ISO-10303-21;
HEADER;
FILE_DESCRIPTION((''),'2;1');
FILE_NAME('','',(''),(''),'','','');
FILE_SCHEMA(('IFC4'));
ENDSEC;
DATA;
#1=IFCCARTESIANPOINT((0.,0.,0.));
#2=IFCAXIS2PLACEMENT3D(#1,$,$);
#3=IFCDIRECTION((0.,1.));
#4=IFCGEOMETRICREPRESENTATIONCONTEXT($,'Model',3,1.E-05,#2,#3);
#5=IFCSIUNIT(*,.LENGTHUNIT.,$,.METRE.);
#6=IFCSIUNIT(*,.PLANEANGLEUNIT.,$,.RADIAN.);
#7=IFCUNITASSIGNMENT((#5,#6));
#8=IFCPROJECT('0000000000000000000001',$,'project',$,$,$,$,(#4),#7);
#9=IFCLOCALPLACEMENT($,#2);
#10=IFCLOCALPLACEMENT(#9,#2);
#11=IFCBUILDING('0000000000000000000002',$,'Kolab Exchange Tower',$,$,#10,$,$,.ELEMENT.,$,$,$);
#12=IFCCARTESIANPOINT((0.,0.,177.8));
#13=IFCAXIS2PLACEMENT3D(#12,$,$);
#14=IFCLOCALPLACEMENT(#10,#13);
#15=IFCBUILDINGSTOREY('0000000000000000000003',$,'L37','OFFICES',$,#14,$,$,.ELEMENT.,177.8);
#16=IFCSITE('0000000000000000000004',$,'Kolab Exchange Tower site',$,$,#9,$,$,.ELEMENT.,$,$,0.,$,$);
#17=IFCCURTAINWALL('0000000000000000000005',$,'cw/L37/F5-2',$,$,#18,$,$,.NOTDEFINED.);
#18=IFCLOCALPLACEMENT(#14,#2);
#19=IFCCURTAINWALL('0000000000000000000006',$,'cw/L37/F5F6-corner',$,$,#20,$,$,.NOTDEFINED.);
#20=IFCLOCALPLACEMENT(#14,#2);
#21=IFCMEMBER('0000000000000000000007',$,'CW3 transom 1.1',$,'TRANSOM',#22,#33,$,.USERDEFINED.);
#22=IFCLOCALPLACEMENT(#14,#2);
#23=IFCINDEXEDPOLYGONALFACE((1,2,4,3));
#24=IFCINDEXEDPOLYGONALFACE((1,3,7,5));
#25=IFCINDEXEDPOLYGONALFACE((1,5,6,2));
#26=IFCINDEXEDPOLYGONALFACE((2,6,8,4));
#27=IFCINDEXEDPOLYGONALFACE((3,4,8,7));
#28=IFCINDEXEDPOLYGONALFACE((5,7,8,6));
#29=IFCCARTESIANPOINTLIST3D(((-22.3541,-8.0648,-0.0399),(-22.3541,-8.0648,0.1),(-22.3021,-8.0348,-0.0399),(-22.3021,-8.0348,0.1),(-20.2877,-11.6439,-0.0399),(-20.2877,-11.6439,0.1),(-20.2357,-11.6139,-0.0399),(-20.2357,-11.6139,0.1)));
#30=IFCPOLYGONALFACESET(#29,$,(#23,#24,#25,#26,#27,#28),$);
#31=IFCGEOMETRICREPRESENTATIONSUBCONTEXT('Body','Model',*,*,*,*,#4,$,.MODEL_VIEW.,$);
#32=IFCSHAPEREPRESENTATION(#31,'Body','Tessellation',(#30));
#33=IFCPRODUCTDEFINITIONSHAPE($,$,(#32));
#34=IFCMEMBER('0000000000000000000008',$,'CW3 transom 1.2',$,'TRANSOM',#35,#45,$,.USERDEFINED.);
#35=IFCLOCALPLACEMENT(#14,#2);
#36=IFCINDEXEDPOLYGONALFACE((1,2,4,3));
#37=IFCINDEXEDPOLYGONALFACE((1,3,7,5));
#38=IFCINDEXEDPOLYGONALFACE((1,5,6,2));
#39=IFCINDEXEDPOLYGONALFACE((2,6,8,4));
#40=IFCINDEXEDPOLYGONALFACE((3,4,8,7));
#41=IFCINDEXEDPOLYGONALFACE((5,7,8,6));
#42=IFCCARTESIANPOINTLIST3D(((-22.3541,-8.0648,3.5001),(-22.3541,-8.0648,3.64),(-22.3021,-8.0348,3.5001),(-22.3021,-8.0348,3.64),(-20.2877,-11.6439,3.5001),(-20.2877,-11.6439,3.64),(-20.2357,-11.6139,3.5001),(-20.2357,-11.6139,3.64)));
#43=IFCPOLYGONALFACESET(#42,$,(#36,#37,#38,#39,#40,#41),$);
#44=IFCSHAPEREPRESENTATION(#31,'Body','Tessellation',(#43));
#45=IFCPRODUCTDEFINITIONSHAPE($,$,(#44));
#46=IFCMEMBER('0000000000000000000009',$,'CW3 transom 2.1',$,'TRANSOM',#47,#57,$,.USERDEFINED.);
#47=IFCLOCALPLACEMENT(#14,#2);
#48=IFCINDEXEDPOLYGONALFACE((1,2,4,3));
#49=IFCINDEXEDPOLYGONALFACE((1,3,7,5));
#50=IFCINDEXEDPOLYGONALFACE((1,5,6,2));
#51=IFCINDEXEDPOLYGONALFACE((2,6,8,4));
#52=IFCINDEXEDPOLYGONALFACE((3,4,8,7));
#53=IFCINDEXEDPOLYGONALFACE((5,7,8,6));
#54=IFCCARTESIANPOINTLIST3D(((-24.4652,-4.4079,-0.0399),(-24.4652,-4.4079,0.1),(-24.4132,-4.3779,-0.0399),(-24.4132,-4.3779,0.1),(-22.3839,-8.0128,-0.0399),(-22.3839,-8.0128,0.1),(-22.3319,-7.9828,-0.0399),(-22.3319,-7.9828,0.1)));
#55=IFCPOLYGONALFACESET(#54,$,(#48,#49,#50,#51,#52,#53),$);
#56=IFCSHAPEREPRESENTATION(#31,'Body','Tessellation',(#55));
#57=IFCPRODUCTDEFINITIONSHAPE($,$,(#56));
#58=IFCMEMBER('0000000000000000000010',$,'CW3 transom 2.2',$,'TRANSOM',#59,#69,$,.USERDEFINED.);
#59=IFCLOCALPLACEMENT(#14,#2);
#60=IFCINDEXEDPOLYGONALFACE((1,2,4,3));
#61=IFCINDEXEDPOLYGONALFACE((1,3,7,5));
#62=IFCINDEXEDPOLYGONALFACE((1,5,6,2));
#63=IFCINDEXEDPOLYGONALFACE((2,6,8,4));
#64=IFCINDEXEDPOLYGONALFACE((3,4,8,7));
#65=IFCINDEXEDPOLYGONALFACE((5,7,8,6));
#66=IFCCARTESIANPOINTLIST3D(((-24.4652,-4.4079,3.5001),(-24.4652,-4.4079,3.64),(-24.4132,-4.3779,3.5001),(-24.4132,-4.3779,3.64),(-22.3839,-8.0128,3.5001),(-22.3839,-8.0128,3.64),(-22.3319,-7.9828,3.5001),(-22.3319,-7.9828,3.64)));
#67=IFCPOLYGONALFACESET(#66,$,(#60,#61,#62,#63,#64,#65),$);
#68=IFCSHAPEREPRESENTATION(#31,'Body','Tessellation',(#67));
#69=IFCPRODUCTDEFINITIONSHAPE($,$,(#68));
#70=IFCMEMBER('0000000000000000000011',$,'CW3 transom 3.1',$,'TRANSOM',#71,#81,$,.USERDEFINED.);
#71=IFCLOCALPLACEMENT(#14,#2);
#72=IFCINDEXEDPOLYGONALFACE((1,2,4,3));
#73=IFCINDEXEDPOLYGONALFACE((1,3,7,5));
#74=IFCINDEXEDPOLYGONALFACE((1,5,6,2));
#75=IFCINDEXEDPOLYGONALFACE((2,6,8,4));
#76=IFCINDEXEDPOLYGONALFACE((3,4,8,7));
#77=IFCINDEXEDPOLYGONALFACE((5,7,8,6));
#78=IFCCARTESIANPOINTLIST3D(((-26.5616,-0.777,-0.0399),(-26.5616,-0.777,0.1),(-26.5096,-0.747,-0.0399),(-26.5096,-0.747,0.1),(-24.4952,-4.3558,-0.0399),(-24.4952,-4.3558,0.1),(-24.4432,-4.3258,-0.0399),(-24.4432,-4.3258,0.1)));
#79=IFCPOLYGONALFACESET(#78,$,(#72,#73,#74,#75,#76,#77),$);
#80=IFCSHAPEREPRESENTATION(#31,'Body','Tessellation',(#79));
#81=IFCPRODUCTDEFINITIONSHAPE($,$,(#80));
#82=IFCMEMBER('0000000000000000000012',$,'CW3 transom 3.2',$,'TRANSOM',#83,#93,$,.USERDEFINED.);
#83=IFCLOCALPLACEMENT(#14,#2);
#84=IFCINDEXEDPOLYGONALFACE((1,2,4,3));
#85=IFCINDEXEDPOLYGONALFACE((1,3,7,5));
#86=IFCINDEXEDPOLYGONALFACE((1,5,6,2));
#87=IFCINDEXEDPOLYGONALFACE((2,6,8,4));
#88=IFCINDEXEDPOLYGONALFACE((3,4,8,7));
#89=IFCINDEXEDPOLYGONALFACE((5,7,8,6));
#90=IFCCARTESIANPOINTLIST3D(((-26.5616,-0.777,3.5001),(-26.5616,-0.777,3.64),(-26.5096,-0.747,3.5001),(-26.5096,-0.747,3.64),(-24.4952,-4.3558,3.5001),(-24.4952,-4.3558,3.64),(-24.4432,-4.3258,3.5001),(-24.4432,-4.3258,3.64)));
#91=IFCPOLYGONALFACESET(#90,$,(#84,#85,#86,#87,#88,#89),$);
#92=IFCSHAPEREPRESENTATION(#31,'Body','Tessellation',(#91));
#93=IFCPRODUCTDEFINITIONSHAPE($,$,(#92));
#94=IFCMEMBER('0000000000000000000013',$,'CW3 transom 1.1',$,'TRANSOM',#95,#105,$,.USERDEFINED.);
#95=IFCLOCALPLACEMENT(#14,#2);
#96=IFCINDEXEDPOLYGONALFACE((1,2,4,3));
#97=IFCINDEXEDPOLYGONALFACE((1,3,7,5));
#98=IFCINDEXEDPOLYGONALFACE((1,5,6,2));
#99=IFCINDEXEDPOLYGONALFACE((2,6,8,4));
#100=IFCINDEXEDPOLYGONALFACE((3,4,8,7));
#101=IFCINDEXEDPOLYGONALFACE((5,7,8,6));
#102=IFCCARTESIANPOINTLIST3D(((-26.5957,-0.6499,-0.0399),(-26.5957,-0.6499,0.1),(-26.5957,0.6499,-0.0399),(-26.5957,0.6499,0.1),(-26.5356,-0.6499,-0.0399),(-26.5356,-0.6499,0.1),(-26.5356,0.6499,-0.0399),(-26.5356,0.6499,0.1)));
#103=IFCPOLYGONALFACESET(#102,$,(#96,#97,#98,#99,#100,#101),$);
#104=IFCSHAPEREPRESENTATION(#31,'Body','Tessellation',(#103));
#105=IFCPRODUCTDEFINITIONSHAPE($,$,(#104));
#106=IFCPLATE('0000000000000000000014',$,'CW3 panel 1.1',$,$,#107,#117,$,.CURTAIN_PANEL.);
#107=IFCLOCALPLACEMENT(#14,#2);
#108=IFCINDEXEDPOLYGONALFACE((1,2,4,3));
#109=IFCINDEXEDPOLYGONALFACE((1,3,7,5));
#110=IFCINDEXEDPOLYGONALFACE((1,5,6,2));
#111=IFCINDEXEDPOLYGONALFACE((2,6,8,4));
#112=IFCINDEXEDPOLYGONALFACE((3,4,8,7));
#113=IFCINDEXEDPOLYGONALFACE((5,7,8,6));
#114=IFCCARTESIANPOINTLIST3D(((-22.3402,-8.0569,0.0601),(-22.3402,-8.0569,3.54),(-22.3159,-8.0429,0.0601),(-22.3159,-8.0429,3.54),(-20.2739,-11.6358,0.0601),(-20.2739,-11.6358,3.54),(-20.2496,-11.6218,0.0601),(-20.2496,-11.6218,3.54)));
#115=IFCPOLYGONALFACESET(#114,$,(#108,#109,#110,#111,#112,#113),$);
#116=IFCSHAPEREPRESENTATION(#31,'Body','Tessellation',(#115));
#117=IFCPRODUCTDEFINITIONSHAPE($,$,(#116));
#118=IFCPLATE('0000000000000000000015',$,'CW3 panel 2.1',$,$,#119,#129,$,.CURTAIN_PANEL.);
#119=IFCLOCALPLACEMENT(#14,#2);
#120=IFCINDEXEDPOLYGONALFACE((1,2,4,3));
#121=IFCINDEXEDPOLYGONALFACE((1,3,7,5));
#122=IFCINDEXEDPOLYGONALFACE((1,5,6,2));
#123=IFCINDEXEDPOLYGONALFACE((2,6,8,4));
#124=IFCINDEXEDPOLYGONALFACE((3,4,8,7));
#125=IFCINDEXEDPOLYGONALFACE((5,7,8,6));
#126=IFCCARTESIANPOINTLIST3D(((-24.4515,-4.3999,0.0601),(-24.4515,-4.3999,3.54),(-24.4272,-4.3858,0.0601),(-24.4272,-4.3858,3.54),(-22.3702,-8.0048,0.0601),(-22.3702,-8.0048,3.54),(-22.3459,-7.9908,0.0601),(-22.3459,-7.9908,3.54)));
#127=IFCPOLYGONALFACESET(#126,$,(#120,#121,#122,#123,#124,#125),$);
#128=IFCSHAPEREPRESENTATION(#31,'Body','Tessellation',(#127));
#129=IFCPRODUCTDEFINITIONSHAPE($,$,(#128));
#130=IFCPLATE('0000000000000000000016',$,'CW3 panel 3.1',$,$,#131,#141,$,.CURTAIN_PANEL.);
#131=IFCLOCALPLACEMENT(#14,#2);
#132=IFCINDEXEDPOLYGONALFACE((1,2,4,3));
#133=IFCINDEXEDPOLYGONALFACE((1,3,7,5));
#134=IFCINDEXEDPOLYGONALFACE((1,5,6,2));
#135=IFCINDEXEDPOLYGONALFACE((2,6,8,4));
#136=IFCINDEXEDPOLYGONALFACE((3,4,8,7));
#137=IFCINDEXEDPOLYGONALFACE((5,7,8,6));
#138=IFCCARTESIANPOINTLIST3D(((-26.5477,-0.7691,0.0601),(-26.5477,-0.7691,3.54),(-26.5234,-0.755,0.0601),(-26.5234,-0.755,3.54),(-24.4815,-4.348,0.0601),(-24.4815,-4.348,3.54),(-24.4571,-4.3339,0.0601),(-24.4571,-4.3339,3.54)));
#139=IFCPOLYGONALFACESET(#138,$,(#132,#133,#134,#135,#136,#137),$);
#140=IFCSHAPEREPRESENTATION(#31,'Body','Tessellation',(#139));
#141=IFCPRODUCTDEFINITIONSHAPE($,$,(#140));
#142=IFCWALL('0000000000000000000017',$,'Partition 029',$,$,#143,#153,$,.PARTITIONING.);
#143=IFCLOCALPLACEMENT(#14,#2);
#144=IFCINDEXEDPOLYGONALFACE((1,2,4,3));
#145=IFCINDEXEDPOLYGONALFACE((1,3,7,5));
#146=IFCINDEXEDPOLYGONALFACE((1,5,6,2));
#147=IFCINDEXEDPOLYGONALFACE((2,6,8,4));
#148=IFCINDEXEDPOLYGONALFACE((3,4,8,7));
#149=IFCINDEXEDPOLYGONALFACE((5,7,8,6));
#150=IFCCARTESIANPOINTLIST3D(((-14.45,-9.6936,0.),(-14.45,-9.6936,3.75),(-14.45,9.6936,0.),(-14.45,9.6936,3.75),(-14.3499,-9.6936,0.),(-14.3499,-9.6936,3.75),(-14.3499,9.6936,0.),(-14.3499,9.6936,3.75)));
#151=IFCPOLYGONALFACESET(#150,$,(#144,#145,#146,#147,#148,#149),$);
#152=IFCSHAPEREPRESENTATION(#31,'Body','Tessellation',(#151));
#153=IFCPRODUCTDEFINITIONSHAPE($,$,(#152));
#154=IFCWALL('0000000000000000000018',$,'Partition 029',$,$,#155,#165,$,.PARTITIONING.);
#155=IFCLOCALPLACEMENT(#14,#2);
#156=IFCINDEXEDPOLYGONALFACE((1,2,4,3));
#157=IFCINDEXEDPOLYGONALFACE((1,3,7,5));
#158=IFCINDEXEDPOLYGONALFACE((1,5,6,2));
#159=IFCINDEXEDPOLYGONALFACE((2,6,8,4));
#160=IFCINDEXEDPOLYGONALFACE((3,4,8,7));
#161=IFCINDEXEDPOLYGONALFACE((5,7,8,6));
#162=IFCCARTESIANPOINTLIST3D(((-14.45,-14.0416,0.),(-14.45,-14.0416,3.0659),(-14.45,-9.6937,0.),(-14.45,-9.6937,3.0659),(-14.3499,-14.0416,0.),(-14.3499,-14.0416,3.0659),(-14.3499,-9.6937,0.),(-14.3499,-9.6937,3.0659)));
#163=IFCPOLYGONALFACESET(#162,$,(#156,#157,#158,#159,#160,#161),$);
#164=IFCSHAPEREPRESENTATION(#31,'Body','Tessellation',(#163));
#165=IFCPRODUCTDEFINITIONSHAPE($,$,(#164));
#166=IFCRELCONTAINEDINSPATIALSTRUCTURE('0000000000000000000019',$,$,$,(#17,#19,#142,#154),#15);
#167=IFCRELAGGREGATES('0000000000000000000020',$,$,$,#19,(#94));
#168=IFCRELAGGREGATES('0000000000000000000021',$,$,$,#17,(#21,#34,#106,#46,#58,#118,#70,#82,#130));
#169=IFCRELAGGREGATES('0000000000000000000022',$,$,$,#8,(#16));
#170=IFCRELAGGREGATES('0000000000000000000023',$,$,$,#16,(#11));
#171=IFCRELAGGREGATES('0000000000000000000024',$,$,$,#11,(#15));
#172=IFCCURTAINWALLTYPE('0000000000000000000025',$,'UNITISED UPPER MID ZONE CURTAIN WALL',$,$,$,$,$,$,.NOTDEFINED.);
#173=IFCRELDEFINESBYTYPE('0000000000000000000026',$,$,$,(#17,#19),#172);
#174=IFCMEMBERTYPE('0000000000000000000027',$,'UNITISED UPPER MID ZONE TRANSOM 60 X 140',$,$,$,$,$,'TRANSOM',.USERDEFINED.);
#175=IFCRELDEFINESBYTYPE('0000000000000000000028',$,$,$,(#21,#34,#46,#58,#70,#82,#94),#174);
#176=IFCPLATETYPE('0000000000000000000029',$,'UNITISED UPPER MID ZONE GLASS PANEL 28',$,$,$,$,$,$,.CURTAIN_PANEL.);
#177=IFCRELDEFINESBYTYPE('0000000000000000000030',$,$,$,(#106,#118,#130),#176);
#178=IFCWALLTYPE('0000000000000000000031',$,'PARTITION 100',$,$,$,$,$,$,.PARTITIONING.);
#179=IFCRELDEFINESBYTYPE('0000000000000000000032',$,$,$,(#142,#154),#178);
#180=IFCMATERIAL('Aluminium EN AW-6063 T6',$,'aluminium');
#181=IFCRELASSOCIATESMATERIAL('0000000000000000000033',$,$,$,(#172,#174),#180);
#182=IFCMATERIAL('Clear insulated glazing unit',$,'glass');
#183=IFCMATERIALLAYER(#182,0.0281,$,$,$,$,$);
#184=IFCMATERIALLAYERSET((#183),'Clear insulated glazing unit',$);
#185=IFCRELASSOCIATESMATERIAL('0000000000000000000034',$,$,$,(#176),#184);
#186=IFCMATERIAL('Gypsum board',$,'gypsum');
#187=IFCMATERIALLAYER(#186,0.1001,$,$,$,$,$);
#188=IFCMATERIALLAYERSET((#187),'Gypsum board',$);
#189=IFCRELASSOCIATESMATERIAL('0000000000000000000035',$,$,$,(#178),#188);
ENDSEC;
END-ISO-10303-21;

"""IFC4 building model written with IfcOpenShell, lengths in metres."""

from ifc_helpers import new_model, si_unit, direction, frame, frame_2d, origin, origin_2d, place, context, subcontext, project, spatial, rectangle, extrude, material, layer, layer_set, material_profile, profile_set, type_object, element, aggregate, save


model = new_model("IFC4")

# Units and contexts
model_context = context("Model", 3, precision=1e-05, world=origin(), true_north=direction((0.0, 1.0)))
body_context = subcontext(model_context, "Body", "Model", "MODEL_VIEW")
ifc_project = project(units=[si_unit("LENGTHUNIT", "METRE"), si_unit("PLANEANGLEUNIT", "RADIAN")], contexts=[model_context])

# Site, building, storey
site_placement = place(None, origin())
site = spatial("IfcSite", under=ifc_project, at=site_placement, Name="Kolab Exchange Tower site", CompositionType="ELEMENT", RefElevation=0.0)
building_placement = place(site_placement, origin())
building = spatial("IfcBuilding", under=site, at=building_placement, Name="Kolab Exchange Tower", CompositionType="ELEMENT")
storey_placement = place(building_placement, frame((0.0, 0.0, 177.8)))
storey = spatial("IfcBuildingStorey", under=building, at=storey_placement, Name="L37", Description="OFFICES", CompositionType="ELEMENT", Elevation=177.8)

# Curtain wall
ifc_material_1 = material(Name="Aluminium EN AW-6063 T6", Category="aluminium")
curtain_wall_type = type_object("IfcCurtainWallType", Name="UNITISED UPPER MID ZONE CURTAIN WALL", PredefinedType="NOTDEFINED", material=ifc_material_1)
curtain_wall_1_placement = place(storey_placement, origin())
curtain_wall_1 = element("IfcCurtainWall", 1, at=curtain_wall_1_placement, inside=storey, type_object=curtain_wall_type, Name="cw/L37/F5-2", PredefinedType="NOTDEFINED")

# Curtain wall
curtain_wall_2_placement = place(storey_placement, origin())
curtain_wall_2 = element("IfcCurtainWall", 2, at=curtain_wall_2_placement, inside=storey, type_object=curtain_wall_type, Name="cw/L37/F5F6-corner", PredefinedType="NOTDEFINED")

# Members
ifc_material_profile_1 = material_profile(ifc_material_1, rectangle(XDim=0.0601, YDim=0.1399, at=origin_2d()), Name="RECT 60X140")
ifc_profile_set_1 = profile_set([ifc_material_profile_1], Name="Aluminium EN AW-6063 T6")
member_type_1 = type_object("IfcMemberType", Name="UNITISED UPPER MID ZONE TRANSOM 60 X 140", ElementType="TRANSOM", PredefinedType="USERDEFINED", material=ifc_profile_set_1)
member_1_placement = place(storey_placement, frame((-20.2617, -11.6289, 0.03), z_axis=(-0.500002, 0.866024, 0.0), x_axis=(-0.866024, -0.500002, 0.0)))
member_1 = element("IfcMember", 3, at=member_1_placement, type_object=member_type_1, Name="CW3 transom 1.1", ObjectType="TRANSOM", PredefinedType="USERDEFINED", context=body_context, shape_type="SweptSolid", body=[
    extrude(rectangle(XDim=0.0601, YDim=0.1399, at=origin_2d()), origin(), (0.0, 0.0, 1.0), 4.1328),
])
member_2_placement = place(storey_placement, frame((-20.2617, -11.6289, 3.5701), z_axis=(-0.500002, 0.866024, 0.0), x_axis=(-0.866024, -0.500002, 0.0)))
member_2 = element("IfcMember", 4, at=member_2_placement, type_object=member_type_1, Name="CW3 transom 1.2", ObjectType="TRANSOM", PredefinedType="USERDEFINED", context=body_context, shape_type="SweptSolid", body=[
    extrude(rectangle(XDim=0.0601, YDim=0.1399, at=origin_2d()), origin(), (0.0, 0.0, 1.0), 4.1328),
])
member_3_placement = place(storey_placement, frame((-22.3579, -7.9978, 0.03), z_axis=(-0.499993, 0.866029, 0.0), x_axis=(-0.866029, -0.499993, 0.0)))
member_3 = element("IfcMember", 5, at=member_3_placement, type_object=member_type_1, Name="CW3 transom 2.1", ObjectType="TRANSOM", PredefinedType="USERDEFINED", context=body_context, shape_type="SweptSolid", body=[
    extrude(rectangle(XDim=0.0601, YDim=0.1399, at=origin_2d()), origin(), (0.0, 0.0, 1.0), 4.1626),
])
member_4_placement = place(storey_placement, frame((-22.3579, -7.9978, 3.5701), z_axis=(-0.499993, 0.866029, 0.0), x_axis=(-0.866029, -0.499993, 0.0)))
member_4 = element("IfcMember", 6, at=member_4_placement, type_object=member_type_1, Name="CW3 transom 2.2", ObjectType="TRANSOM", PredefinedType="USERDEFINED", context=body_context, shape_type="SweptSolid", body=[
    extrude(rectangle(XDim=0.0601, YDim=0.1399, at=origin_2d()), origin(), (0.0, 0.0, 1.0), 4.1626),
])
member_5_placement = place(storey_placement, frame((-24.4692, -4.3408, 0.03), z_axis=(-0.500028, 0.866009, 0.0), x_axis=(-0.866009, -0.500028, 0.0)))
member_5 = element("IfcMember", 7, at=member_5_placement, type_object=member_type_1, Name="CW3 transom 3.1", ObjectType="TRANSOM", PredefinedType="USERDEFINED", context=body_context, shape_type="SweptSolid", body=[
    extrude(rectangle(XDim=0.0601, YDim=0.1399, at=origin_2d()), origin(), (0.0, 0.0, 1.0), 4.1326),
])
member_6_placement = place(storey_placement, frame((-24.4692, -4.3408, 3.5701), z_axis=(-0.500028, 0.866009, 0.0), x_axis=(-0.866009, -0.500028, 0.0)))
member_6 = element("IfcMember", 8, at=member_6_placement, type_object=member_type_1, Name="CW3 transom 3.2", ObjectType="TRANSOM", PredefinedType="USERDEFINED", context=body_context, shape_type="SweptSolid", body=[
    extrude(rectangle(XDim=0.0601, YDim=0.1399, at=origin_2d()), origin(), (0.0, 0.0, 1.0), 4.1326),
])
member_7_placement = place(storey_placement, frame((-26.5657, -0.6499, 0.03), z_axis=(0.0, 1.0, 0.0), x_axis=(-1.0, 0.0, 0.0)))
member_7 = element("IfcMember", 9, at=member_7_placement, type_object=member_type_1, Name="CW3 transom 1.1", ObjectType="TRANSOM", PredefinedType="USERDEFINED", context=body_context, shape_type="SweptSolid", body=[
    extrude(rectangle(XDim=0.0601, YDim=0.1399, at=origin_2d()), origin(), (0.0, 0.0, 1.0), 1.2998),
])
aggregate(curtain_wall_2, [member_7])

# Plates
ifc_material_2 = material(Name="Clear insulated glazing unit", Category="glass")
ifc_layer_1 = layer(ifc_material_2, 0.0281)
ifc_layer_set_1 = layer_set([ifc_layer_1], Name="Clear insulated glazing unit")
plate_type = type_object("IfcPlateType", Name="UNITISED UPPER MID ZONE GLASS PANEL 28", PredefinedType="CURTAIN_PANEL", material=ifc_layer_set_1)
plate_1_placement = place(storey_placement, frame((-21.2949, -9.8394, 0.0601), z_axis=(0.0, 0.0, 1.0), x_axis=(-0.5, 0.866025, 0.0)))
plate_1 = element("IfcPlate", 10, at=plate_1_placement, type_object=plate_type, Name="CW3 panel 1.1", PredefinedType="CURTAIN_PANEL", context=body_context, shape_type="SweptSolid", body=[
    extrude(rectangle(XDim=4.1326, YDim=0.0281, at=origin_2d()), origin(), (0.0, 0.0, 1.0), 3.48),
])
plate_2_placement = place(storey_placement, frame((-23.3987, -6.1953, 0.0601), z_axis=(0.0, 0.0, 1.0), x_axis=(-0.5, 0.866025, 0.0)))
plate_2 = element("IfcPlate", 11, at=plate_2_placement, type_object=plate_type, Name="CW3 panel 2.1", PredefinedType="CURTAIN_PANEL", context=body_context, shape_type="SweptSolid", body=[
    extrude(rectangle(XDim=4.1626, YDim=0.0281, at=origin_2d()), origin(), (0.0, 0.0, 1.0), 3.48),
])
plate_3_placement = place(storey_placement, frame((-25.5024, -2.5515, 0.0601), z_axis=(0.0, 0.0, 1.0), x_axis=(-0.5, 0.866025, 0.0)))
plate_3 = element("IfcPlate", 12, at=plate_3_placement, type_object=plate_type, Name="CW3 panel 3.1", PredefinedType="CURTAIN_PANEL", context=body_context, shape_type="SweptSolid", body=[
    extrude(rectangle(XDim=4.1326, YDim=0.0281, at=origin_2d()), origin(), (0.0, 0.0, 1.0), 3.48),
])
aggregate(curtain_wall_1, [member_1, member_2, plate_1, member_3, member_4, plate_2, member_5, member_6, plate_3])

# Walls
ifc_material_3 = material(Name="Gypsum board", Category="gypsum")
ifc_layer_2 = layer(ifc_material_3, 0.1001)
ifc_layer_set_2 = layer_set([ifc_layer_2], Name="Gypsum board")
wall_type_1 = type_object("IfcWallType", Name="PARTITION 100", PredefinedType="PARTITIONING", material=ifc_layer_set_2)
wall_1_placement = place(storey_placement, frame((-14.3999, -9.6936, 0.0), z_axis=(0.0, 0.0, 1.0), x_axis=(0.0, 1.0, 0.0)))
element("IfcWall", 13, at=wall_1_placement, inside=storey, type_object=wall_type_1, Name="Partition 029", PredefinedType="PARTITIONING", context=body_context, shape_type="SweptSolid", body=[
    extrude(rectangle(XDim=19.3872, YDim=0.1001, at=frame_2d((9.6936, 0.0))), origin(), (0.0, 0.0, 1.0), 3.75),
])
wall_2_placement = place(storey_placement, frame((-14.3999, -14.0415, 0.0), z_axis=(0.0, 0.0, 1.0), x_axis=(0.0, 1.0, 0.0)))
element("IfcWall", 14, at=wall_2_placement, inside=storey, type_object=wall_type_1, Name="Partition 029", PredefinedType="PARTITIONING", context=body_context, shape_type="SweptSolid", body=[
    extrude(rectangle(XDim=4.3479, YDim=0.1001, at=frame_2d((2.1738, 0.0))), origin(), (0.0, 0.0, 1.0), 3.0659),
])

save(model, "model.ifc")
